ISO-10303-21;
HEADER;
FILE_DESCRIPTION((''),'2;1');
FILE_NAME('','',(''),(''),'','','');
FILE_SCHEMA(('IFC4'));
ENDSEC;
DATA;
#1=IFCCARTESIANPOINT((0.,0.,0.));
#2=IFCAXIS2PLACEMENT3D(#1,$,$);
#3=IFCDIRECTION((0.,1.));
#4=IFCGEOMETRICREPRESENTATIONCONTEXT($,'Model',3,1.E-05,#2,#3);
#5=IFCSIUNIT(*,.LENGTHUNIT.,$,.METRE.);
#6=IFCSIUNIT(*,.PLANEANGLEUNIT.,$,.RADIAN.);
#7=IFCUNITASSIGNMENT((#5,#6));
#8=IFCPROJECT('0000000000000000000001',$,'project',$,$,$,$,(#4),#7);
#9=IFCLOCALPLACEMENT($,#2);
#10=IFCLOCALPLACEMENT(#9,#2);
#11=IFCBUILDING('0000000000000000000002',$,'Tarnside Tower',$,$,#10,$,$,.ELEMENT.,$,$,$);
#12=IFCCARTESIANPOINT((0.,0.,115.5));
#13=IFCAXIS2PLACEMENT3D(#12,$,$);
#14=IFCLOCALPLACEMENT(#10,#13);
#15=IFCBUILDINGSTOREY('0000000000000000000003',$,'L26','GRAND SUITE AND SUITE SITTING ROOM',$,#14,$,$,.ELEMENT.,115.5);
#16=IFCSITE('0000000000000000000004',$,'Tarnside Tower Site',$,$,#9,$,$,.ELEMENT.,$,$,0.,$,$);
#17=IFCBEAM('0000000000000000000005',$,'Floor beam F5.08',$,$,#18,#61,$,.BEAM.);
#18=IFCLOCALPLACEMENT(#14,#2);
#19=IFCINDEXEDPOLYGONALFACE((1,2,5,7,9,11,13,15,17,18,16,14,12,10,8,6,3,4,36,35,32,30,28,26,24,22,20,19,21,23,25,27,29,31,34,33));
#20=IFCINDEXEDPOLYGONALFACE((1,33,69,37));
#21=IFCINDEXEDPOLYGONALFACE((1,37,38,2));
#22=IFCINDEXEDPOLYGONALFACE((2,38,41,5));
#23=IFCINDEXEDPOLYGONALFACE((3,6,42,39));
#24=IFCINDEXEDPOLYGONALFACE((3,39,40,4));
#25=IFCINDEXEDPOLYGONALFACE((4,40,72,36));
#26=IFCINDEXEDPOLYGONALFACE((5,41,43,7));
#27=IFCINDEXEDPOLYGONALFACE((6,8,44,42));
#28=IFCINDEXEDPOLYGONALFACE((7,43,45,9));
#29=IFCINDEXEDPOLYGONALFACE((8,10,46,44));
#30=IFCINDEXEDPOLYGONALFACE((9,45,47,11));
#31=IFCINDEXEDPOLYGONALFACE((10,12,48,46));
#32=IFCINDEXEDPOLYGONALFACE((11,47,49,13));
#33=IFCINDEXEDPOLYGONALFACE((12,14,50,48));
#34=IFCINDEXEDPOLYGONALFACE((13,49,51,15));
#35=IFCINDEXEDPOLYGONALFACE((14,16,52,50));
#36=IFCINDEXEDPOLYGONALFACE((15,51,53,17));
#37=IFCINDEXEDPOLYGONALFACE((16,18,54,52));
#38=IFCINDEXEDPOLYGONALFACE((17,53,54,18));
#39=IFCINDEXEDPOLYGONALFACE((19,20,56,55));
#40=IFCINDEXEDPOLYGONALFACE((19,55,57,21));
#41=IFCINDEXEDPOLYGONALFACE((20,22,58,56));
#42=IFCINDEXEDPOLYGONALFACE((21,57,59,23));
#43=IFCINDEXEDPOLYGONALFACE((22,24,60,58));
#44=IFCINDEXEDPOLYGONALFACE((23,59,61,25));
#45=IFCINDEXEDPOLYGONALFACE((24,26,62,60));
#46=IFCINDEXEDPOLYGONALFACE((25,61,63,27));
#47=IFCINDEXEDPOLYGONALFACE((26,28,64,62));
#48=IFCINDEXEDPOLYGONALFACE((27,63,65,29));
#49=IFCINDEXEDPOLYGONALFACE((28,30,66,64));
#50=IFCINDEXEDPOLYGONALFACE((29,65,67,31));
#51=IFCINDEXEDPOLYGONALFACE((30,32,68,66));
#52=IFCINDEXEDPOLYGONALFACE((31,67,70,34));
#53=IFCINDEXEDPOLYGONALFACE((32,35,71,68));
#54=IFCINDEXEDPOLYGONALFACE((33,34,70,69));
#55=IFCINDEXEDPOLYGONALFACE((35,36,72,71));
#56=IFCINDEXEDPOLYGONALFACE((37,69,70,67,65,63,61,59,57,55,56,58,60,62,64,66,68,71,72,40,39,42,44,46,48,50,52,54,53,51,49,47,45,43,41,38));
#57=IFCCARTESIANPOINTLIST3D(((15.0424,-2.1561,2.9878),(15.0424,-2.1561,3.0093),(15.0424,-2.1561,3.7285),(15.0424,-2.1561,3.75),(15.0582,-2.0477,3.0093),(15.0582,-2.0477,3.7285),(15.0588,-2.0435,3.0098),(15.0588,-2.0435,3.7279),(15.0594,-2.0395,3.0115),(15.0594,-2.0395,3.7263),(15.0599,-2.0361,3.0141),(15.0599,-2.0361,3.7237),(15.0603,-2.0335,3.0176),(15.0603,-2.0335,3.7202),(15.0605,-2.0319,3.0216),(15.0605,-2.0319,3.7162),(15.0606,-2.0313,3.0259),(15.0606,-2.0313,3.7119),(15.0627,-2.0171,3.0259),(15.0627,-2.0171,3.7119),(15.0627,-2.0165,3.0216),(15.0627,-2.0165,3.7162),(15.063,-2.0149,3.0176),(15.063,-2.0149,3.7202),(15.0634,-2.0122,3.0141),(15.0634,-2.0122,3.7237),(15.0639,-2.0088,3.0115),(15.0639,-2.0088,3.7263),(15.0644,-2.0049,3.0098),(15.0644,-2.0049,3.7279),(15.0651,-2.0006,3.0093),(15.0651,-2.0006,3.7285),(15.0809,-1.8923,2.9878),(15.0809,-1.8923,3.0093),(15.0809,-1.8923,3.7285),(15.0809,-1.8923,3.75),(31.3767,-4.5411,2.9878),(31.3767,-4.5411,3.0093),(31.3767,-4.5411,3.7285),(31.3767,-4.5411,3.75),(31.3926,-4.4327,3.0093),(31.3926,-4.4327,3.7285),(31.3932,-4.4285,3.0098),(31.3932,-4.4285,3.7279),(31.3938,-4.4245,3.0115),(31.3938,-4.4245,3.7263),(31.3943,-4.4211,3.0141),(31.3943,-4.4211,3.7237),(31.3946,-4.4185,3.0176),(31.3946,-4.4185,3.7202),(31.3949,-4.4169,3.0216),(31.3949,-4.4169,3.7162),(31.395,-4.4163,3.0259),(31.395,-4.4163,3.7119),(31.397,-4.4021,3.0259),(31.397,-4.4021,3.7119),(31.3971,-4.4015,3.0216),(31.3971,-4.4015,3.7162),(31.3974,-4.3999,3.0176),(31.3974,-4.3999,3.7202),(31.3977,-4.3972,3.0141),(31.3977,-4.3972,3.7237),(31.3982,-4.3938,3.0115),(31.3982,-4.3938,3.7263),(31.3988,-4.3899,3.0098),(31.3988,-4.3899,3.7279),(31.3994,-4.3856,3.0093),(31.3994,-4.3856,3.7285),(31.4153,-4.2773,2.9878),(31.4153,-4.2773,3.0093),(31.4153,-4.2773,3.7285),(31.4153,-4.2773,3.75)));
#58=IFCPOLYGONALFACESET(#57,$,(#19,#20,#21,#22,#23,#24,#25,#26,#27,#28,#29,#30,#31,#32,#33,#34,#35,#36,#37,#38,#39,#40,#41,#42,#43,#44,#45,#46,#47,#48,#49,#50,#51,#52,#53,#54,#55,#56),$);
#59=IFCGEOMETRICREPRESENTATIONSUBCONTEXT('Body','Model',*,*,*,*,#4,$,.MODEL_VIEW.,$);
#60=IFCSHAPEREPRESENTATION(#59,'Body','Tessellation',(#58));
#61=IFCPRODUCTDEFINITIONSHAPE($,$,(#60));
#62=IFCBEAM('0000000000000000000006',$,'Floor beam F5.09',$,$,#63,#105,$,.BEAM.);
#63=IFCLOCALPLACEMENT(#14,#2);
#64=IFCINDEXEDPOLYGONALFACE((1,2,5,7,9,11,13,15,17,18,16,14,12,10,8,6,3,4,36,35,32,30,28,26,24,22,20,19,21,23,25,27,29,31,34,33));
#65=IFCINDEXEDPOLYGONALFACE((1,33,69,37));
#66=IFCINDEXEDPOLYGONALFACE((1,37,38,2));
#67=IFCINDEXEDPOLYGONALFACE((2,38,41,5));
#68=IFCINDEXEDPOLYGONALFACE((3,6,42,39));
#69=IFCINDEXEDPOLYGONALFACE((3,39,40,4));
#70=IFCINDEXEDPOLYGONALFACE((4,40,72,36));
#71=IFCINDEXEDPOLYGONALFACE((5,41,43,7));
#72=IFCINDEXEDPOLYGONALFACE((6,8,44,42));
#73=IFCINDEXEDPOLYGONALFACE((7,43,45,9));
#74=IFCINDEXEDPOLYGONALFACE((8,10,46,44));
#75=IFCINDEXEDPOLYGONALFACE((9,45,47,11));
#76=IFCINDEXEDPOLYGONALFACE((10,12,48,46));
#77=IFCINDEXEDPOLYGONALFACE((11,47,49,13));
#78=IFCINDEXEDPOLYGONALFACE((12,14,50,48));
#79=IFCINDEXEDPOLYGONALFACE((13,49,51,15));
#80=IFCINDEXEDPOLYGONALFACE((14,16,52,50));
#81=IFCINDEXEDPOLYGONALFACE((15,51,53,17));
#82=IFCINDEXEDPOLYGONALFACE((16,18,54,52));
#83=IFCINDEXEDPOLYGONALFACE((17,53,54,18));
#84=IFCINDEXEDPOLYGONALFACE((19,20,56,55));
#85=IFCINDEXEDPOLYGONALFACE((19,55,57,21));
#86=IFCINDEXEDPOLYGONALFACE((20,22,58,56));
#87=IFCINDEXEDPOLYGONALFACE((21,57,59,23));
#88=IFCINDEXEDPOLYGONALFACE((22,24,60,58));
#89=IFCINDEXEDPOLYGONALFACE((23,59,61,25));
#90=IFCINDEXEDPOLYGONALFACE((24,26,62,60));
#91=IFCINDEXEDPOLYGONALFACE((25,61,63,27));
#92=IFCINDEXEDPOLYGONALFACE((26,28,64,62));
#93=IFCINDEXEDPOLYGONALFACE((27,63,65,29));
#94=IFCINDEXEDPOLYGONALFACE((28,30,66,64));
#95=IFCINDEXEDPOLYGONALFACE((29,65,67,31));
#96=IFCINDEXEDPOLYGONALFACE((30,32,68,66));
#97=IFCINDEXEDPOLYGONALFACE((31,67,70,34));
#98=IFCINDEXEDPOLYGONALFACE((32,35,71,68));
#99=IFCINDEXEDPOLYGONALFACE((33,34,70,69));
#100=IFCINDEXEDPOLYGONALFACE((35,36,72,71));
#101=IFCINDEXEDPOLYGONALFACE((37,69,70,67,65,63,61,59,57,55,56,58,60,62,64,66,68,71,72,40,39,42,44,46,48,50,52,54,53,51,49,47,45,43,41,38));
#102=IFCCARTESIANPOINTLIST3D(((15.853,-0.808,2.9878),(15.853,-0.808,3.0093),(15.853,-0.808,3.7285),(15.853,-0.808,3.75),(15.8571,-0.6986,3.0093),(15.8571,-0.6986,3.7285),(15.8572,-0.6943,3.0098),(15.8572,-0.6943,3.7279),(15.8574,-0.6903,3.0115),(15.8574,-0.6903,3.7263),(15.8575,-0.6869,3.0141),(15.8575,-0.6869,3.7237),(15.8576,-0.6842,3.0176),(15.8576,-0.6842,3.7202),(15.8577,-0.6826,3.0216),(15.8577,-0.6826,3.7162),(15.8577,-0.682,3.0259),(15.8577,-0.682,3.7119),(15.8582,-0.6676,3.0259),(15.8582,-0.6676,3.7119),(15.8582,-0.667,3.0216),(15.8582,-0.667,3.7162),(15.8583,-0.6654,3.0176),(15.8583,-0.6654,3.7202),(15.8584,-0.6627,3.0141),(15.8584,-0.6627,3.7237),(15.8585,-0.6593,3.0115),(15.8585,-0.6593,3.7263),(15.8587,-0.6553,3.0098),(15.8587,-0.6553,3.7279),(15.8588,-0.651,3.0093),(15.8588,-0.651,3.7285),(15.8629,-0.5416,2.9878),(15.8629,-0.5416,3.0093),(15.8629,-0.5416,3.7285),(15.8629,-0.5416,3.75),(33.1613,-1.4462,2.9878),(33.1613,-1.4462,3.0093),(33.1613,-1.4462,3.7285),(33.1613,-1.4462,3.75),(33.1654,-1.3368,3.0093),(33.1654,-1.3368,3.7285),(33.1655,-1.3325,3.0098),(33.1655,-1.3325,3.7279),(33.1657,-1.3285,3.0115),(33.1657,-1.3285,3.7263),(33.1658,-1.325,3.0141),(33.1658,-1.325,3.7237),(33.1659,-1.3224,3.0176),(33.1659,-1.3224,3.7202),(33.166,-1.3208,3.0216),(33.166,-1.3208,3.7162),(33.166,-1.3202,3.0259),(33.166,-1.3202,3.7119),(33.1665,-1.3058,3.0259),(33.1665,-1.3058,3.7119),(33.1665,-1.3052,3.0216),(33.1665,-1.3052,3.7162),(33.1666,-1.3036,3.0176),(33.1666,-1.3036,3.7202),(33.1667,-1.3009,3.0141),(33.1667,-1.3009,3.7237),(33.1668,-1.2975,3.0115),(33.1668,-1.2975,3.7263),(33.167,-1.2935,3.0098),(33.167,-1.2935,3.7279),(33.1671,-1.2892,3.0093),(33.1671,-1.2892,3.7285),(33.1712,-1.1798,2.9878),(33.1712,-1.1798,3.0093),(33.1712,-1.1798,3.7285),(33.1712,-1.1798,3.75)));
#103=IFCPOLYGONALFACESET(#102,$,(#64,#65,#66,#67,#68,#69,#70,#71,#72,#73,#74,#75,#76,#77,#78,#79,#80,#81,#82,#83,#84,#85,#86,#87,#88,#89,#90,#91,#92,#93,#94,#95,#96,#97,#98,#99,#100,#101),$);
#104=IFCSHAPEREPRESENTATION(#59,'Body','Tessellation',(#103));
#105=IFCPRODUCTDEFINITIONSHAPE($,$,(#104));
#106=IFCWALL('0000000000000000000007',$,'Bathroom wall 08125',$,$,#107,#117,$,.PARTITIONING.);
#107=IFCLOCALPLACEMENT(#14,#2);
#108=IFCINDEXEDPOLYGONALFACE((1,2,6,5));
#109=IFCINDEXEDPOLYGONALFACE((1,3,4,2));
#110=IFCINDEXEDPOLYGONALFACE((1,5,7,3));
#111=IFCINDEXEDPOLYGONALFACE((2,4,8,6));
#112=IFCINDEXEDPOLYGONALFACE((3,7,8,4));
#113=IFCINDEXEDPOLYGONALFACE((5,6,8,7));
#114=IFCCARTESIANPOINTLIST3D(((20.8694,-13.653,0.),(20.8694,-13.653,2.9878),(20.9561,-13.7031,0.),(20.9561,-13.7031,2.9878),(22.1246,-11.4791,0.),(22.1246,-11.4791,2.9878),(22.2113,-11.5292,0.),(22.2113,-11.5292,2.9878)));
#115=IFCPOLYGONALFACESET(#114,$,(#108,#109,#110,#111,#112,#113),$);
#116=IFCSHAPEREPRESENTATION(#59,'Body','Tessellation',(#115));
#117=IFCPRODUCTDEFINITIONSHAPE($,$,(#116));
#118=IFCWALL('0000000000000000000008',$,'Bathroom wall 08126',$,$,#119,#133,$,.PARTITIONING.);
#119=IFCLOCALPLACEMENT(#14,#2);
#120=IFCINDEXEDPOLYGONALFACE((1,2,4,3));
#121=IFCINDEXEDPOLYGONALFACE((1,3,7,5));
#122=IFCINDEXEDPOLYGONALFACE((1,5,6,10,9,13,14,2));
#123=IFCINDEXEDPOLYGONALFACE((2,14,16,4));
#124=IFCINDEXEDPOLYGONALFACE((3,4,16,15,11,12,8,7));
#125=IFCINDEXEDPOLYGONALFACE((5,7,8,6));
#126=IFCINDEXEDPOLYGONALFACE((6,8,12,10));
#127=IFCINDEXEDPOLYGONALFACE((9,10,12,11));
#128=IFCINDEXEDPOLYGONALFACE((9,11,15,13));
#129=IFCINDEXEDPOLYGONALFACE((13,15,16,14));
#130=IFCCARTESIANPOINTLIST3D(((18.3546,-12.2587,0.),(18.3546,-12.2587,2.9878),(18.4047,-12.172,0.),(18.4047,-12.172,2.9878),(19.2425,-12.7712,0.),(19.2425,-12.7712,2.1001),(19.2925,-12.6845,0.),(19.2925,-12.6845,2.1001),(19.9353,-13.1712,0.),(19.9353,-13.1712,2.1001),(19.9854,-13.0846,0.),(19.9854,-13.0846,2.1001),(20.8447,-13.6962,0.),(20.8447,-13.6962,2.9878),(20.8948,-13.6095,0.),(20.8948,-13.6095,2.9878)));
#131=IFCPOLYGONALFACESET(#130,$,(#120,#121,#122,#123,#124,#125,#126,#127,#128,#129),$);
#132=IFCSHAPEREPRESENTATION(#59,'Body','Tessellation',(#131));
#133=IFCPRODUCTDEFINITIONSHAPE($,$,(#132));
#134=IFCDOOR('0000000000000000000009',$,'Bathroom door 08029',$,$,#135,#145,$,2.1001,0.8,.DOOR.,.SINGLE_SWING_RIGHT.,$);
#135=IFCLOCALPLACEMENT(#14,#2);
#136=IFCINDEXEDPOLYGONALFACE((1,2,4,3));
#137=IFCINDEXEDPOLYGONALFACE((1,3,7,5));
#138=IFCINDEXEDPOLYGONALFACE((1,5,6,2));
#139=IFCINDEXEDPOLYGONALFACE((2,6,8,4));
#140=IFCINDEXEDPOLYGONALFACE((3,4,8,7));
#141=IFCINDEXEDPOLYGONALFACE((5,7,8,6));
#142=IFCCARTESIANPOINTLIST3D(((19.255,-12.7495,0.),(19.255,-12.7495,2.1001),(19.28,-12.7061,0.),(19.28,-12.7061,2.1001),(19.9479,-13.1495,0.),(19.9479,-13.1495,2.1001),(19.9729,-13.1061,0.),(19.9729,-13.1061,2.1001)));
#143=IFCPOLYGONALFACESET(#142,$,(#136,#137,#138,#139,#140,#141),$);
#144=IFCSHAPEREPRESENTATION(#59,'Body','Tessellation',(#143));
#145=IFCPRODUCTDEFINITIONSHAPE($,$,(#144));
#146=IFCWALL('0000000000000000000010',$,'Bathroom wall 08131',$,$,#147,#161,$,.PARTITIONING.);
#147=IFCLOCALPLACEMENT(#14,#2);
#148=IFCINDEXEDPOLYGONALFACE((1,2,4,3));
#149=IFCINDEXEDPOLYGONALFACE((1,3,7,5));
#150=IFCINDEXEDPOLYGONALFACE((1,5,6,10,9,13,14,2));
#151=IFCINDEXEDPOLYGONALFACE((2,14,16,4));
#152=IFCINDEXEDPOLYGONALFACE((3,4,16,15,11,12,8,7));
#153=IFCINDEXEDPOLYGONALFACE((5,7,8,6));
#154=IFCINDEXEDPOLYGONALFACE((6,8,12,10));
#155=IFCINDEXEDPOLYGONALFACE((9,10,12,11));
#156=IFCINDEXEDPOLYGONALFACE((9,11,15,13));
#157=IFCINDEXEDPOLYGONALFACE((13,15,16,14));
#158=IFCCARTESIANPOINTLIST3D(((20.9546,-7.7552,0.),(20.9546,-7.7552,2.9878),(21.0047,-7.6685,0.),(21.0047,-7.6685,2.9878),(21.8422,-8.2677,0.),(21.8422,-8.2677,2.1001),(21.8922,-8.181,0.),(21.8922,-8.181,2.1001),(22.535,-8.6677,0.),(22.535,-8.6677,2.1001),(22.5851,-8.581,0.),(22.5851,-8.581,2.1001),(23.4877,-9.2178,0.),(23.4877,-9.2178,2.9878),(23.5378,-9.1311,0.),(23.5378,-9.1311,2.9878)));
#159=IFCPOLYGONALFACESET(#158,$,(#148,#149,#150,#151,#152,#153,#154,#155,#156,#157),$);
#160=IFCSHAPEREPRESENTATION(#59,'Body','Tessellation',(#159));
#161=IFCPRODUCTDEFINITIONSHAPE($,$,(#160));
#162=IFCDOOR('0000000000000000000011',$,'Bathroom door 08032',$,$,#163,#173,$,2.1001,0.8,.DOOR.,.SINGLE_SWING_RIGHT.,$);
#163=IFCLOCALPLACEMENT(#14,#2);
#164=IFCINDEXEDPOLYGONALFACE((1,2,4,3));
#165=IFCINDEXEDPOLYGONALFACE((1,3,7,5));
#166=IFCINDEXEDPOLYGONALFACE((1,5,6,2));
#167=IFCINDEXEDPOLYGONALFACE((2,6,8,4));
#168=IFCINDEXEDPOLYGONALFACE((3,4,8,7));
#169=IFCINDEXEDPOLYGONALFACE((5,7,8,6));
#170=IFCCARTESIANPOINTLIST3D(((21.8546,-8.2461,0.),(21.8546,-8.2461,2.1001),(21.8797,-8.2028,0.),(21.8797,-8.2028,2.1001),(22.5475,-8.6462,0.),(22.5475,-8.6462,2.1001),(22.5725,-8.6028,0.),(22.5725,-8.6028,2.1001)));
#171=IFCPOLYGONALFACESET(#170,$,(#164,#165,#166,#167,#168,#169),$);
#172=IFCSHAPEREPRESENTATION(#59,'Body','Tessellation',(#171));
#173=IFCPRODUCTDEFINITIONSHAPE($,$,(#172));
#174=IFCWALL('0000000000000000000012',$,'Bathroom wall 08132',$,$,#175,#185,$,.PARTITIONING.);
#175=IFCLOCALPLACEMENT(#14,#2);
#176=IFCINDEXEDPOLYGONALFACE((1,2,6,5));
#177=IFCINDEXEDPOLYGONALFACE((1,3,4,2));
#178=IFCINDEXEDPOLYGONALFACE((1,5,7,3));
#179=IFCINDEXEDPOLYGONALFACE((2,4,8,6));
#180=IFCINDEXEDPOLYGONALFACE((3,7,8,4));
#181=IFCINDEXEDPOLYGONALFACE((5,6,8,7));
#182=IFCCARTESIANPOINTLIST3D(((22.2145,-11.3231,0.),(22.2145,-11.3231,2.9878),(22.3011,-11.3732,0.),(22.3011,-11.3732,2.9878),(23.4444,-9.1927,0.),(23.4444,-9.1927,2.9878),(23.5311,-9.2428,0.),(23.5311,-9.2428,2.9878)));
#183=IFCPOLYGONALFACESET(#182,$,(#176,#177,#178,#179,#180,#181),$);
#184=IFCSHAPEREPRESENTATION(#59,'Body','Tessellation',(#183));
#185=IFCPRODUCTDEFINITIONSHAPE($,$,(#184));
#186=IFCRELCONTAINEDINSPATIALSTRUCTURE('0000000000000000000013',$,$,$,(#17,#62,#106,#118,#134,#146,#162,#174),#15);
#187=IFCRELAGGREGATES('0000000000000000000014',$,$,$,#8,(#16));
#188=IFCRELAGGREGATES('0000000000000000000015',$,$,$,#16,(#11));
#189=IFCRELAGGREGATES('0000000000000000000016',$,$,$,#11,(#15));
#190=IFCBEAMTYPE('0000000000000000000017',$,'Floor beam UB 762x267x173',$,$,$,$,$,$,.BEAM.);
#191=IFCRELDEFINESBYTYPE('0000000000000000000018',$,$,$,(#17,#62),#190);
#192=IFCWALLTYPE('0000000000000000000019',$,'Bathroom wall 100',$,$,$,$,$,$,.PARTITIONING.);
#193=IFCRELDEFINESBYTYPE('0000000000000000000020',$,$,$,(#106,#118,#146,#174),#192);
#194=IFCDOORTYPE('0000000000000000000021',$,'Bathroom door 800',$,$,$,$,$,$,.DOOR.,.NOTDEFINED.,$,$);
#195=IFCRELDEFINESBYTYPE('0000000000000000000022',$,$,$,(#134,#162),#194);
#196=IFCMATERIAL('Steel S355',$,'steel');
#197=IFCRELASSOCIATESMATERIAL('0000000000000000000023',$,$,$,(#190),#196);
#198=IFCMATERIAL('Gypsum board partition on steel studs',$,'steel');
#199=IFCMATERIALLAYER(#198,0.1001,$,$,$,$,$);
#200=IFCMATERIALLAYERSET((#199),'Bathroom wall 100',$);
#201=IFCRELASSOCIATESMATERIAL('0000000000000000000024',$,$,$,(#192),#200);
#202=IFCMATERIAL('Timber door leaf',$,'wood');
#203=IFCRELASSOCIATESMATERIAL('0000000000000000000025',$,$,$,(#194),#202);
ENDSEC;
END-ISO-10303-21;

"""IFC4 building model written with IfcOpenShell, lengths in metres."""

from ifc_helpers import new_model, si_unit, direction, frame, frame_2d, origin, origin_2d, place, context, subcontext, project, spatial, rectangle, i_section, extrude, material, layer, layer_set, material_profile, profile_set, type_object, element, fill, save


model = new_model("IFC4")

# Units and contexts
model_context = context("Model", 3, precision=1e-05, world=origin(), true_north=direction((0.0, 1.0)))
body_context = subcontext(model_context, "Body", "Model", "MODEL_VIEW")
ifc_project = project(units=[si_unit("LENGTHUNIT", "METRE"), si_unit("PLANEANGLEUNIT", "RADIAN")], contexts=[model_context])

# Site, building, storey
site_placement = place(None, origin())
site = spatial("IfcSite", under=ifc_project, at=site_placement, Name="Tarnside Tower Site", CompositionType="ELEMENT", RefElevation=0.0)
building_placement = place(site_placement, origin())
building = spatial("IfcBuilding", under=site, at=building_placement, Name="Tarnside Tower", CompositionType="ELEMENT")
storey_placement = place(building_placement, frame((0.0, 0.0, 115.5)))
storey = spatial("IfcBuildingStorey", under=building, at=storey_placement, Name="L26", Description="GRAND SUITE AND SUITE SITTING ROOM", CompositionType="ELEMENT", Elevation=115.5)

# Beams
ifc_material_1 = material(Name="Steel S355", Category="steel")
ifc_material_profile_1 = material_profile(ifc_material_1, i_section(OverallWidth=0.2666, OverallDepth=0.7622, WebThickness=0.0144, FlangeThickness=0.0215, FilletRadius=0.0166, at=origin_2d()), Name="UB 762x267x173")
ifc_profile_set_1 = profile_set([ifc_material_profile_1], Name="Steel S355")
beam_type_1 = type_object("IfcBeamType", Name="Floor beam UB 762x267x173", PredefinedType="BEAM", material=ifc_profile_set_1)
beam_1_placement = place(storey_placement, frame((31.396, -4.4092, 3.3689), z_axis=(-0.989508, 0.144479, 0.0), x_axis=(-0.144479, -0.989508, 0.0)))
element("IfcBeam", 1, at=beam_1_placement, inside=storey, type_object=beam_type_1, Name="Floor beam F5.08", PredefinedType="BEAM", context=body_context, shape_type="SweptSolid", body=[
    extrude(i_section(OverallWidth=0.2666, OverallDepth=0.7622, WebThickness=0.0144, FlangeThickness=0.0215, FilletRadius=0.0166, at=origin_2d()), origin(), (0.0, 0.0, 1.0), 16.5076),
])
beam_2_placement = place(storey_placement, frame((33.1663, -1.313, 3.3689), z_axis=(-0.999321, 0.036846, 0.0), x_axis=(-0.036846, -0.999321, 0.0)))
element("IfcBeam", 2, at=beam_2_placement, inside=storey, type_object=beam_type_1, Name="Floor beam F5.09", PredefinedType="BEAM", context=body_context, shape_type="SweptSolid", body=[
    extrude(i_section(OverallWidth=0.2666, OverallDepth=0.7622, WebThickness=0.0144, FlangeThickness=0.0215, FilletRadius=0.0166, at=origin_2d()), origin(), (0.0, 0.0, 1.0), 17.3201),
])

# Wall
ifc_material_2 = material(Name="Gypsum board partition on steel studs", Category="steel")
ifc_layer_1 = layer(ifc_material_2, 0.1001)
ifc_layer_set_1 = layer_set([ifc_layer_1], Name="Bathroom wall 100")
wall_type_1 = type_object("IfcWallType", Name="Bathroom wall 100", PredefinedType="PARTITIONING", material=ifc_layer_set_1)
wall_1_placement = place(storey_placement, frame((22.168, -11.5042, 0.0), z_axis=(0.0, 0.0, 1.0), x_axis=(-0.50002, -0.866014, 0.0)))
element("IfcWall", 3, at=wall_1_placement, inside=storey, type_object=wall_type_1, Name="Bathroom wall 08125", PredefinedType="PARTITIONING", context=body_context, shape_type="SweptSolid", body=[
    extrude(rectangle(XDim=2.5103, YDim=0.1001, at=frame_2d((1.2551, 0.0))), origin(), (0.0, 0.0, 1.0), 2.9878),
])

# Walls, openings, doors
wall_2_placement = place(storey_placement, frame((20.8696, -13.6528, 0.0), z_axis=(0.0, 0.0, 1.0), x_axis=(-0.86604, 0.499975, 0.0)))
wall_2 = element("IfcWall", 4, at=wall_2_placement, inside=storey, type_object=wall_type_1, Name="Bathroom wall 08126", PredefinedType="PARTITIONING", context=body_context, shape_type="SweptSolid", body=[
    extrude(rectangle(XDim=2.8752, YDim=0.1001, at=frame_2d((1.4375, 0.0))), origin(), (0.0, 0.0, 1.0), 2.9878),
])
opening_1_placement = place(wall_2_placement, frame((1.05, 0.0, 0.0)))
opening_1 = element("IfcOpeningElement", 5, at=opening_1_placement, cuts=wall_2, PredefinedType="OPENING", context=body_context, shape_type="SweptSolid", body=[
    extrude(rectangle(XDim=0.8, YDim=2.1001, at=frame_2d((0.3999, 1.05))), frame((0.0, 0.0601, 0.0), z_axis=(0.0, -1.0, 0.0), x_axis=(1.0, 0.0, 0.0)), (0.0, 0.0, 1.0), 0.1201),
])
ifc_material_3 = material(Name="Timber door leaf", Category="wood")
door_type_1 = type_object("IfcDoorType", Name="Bathroom door 800", OperationType="NOTDEFINED", PredefinedType="DOOR", material=ifc_material_3)
door_1_placement = place(opening_1_placement, origin())
door_1 = element("IfcDoor", 6, at=door_1_placement, inside=storey, type_object=door_type_1, Name="Bathroom door 08029", OperationType="SINGLE_SWING_RIGHT", OverallHeight=2.1001, OverallWidth=0.8, PredefinedType="DOOR", context=body_context, shape_type="SweptSolid", body=[
    extrude(rectangle(XDim=0.8, YDim=2.1001, at=frame_2d((0.3999, 1.05))), frame((0.0, 0.0249, 0.0), z_axis=(0.0, -1.0, 0.0), x_axis=(1.0, 0.0, 0.0)), (0.0, 0.0, 1.0), 0.05),
])
fill(opening_1, door_1)
wall_3_placement = place(storey_placement, frame((20.9797, -7.7119, 0.0), z_axis=(0.0, 0.0, 1.0), x_axis=(0.86601, -0.500026, 0.0)))
wall_3 = element("IfcWall", 7, at=wall_3_placement, inside=storey, type_object=wall_type_1, Name="Bathroom wall 08131", PredefinedType="PARTITIONING", context=body_context, shape_type="SweptSolid", body=[
    extrude(rectangle(XDim=2.925, YDim=0.1001, at=frame_2d((1.4624, 0.0))), origin(), (0.0, 0.0, 1.0), 2.9878),
])
opening_2_placement = place(wall_3_placement, frame((1.0249, 0.0, 0.0)))
opening_2 = element("IfcOpeningElement", 8, at=opening_2_placement, cuts=wall_3, PredefinedType="OPENING", context=body_context, shape_type="SweptSolid", body=[
    extrude(rectangle(XDim=0.8, YDim=2.1001, at=frame_2d((0.3999, 1.05))), frame((0.0, 0.0601, 0.0), z_axis=(0.0, -1.0, 0.0), x_axis=(1.0, 0.0, 0.0)), (0.0, 0.0, 1.0), 0.1201),
])
door_2_placement = place(opening_2_placement, origin())
door_2 = element("IfcDoor", 9, at=door_2_placement, inside=storey, type_object=door_type_1, Name="Bathroom door 08032", OperationType="SINGLE_SWING_RIGHT", OverallHeight=2.1001, OverallWidth=0.8, PredefinedType="DOOR", context=body_context, shape_type="SweptSolid", body=[
    extrude(rectangle(XDim=0.8, YDim=2.1001, at=frame_2d((0.3999, 1.05))), frame((0.0, 0.0249, 0.0), z_axis=(0.0, -1.0, 0.0), x_axis=(1.0, 0.0, 0.0)), (0.0, 0.0, 1.0), 0.05),
])
fill(opening_2, door_2)

# Wall
wall_4_placement = place(storey_placement, frame((23.4878, -9.2178, 0.0), z_axis=(0.0, 0.0, 1.0), x_axis=(-0.500003, -0.866024, 0.0)))
element("IfcWall", 10, at=wall_4_placement, inside=storey, type_object=wall_type_1, Name="Bathroom wall 08132", PredefinedType="PARTITIONING", context=body_context, shape_type="SweptSolid", body=[
    extrude(rectangle(XDim=2.46, YDim=0.1001, at=frame_2d((1.23, 0.0))), origin(), (0.0, 0.0, 1.0), 2.9878),
])

save(model, "model.ifc")
